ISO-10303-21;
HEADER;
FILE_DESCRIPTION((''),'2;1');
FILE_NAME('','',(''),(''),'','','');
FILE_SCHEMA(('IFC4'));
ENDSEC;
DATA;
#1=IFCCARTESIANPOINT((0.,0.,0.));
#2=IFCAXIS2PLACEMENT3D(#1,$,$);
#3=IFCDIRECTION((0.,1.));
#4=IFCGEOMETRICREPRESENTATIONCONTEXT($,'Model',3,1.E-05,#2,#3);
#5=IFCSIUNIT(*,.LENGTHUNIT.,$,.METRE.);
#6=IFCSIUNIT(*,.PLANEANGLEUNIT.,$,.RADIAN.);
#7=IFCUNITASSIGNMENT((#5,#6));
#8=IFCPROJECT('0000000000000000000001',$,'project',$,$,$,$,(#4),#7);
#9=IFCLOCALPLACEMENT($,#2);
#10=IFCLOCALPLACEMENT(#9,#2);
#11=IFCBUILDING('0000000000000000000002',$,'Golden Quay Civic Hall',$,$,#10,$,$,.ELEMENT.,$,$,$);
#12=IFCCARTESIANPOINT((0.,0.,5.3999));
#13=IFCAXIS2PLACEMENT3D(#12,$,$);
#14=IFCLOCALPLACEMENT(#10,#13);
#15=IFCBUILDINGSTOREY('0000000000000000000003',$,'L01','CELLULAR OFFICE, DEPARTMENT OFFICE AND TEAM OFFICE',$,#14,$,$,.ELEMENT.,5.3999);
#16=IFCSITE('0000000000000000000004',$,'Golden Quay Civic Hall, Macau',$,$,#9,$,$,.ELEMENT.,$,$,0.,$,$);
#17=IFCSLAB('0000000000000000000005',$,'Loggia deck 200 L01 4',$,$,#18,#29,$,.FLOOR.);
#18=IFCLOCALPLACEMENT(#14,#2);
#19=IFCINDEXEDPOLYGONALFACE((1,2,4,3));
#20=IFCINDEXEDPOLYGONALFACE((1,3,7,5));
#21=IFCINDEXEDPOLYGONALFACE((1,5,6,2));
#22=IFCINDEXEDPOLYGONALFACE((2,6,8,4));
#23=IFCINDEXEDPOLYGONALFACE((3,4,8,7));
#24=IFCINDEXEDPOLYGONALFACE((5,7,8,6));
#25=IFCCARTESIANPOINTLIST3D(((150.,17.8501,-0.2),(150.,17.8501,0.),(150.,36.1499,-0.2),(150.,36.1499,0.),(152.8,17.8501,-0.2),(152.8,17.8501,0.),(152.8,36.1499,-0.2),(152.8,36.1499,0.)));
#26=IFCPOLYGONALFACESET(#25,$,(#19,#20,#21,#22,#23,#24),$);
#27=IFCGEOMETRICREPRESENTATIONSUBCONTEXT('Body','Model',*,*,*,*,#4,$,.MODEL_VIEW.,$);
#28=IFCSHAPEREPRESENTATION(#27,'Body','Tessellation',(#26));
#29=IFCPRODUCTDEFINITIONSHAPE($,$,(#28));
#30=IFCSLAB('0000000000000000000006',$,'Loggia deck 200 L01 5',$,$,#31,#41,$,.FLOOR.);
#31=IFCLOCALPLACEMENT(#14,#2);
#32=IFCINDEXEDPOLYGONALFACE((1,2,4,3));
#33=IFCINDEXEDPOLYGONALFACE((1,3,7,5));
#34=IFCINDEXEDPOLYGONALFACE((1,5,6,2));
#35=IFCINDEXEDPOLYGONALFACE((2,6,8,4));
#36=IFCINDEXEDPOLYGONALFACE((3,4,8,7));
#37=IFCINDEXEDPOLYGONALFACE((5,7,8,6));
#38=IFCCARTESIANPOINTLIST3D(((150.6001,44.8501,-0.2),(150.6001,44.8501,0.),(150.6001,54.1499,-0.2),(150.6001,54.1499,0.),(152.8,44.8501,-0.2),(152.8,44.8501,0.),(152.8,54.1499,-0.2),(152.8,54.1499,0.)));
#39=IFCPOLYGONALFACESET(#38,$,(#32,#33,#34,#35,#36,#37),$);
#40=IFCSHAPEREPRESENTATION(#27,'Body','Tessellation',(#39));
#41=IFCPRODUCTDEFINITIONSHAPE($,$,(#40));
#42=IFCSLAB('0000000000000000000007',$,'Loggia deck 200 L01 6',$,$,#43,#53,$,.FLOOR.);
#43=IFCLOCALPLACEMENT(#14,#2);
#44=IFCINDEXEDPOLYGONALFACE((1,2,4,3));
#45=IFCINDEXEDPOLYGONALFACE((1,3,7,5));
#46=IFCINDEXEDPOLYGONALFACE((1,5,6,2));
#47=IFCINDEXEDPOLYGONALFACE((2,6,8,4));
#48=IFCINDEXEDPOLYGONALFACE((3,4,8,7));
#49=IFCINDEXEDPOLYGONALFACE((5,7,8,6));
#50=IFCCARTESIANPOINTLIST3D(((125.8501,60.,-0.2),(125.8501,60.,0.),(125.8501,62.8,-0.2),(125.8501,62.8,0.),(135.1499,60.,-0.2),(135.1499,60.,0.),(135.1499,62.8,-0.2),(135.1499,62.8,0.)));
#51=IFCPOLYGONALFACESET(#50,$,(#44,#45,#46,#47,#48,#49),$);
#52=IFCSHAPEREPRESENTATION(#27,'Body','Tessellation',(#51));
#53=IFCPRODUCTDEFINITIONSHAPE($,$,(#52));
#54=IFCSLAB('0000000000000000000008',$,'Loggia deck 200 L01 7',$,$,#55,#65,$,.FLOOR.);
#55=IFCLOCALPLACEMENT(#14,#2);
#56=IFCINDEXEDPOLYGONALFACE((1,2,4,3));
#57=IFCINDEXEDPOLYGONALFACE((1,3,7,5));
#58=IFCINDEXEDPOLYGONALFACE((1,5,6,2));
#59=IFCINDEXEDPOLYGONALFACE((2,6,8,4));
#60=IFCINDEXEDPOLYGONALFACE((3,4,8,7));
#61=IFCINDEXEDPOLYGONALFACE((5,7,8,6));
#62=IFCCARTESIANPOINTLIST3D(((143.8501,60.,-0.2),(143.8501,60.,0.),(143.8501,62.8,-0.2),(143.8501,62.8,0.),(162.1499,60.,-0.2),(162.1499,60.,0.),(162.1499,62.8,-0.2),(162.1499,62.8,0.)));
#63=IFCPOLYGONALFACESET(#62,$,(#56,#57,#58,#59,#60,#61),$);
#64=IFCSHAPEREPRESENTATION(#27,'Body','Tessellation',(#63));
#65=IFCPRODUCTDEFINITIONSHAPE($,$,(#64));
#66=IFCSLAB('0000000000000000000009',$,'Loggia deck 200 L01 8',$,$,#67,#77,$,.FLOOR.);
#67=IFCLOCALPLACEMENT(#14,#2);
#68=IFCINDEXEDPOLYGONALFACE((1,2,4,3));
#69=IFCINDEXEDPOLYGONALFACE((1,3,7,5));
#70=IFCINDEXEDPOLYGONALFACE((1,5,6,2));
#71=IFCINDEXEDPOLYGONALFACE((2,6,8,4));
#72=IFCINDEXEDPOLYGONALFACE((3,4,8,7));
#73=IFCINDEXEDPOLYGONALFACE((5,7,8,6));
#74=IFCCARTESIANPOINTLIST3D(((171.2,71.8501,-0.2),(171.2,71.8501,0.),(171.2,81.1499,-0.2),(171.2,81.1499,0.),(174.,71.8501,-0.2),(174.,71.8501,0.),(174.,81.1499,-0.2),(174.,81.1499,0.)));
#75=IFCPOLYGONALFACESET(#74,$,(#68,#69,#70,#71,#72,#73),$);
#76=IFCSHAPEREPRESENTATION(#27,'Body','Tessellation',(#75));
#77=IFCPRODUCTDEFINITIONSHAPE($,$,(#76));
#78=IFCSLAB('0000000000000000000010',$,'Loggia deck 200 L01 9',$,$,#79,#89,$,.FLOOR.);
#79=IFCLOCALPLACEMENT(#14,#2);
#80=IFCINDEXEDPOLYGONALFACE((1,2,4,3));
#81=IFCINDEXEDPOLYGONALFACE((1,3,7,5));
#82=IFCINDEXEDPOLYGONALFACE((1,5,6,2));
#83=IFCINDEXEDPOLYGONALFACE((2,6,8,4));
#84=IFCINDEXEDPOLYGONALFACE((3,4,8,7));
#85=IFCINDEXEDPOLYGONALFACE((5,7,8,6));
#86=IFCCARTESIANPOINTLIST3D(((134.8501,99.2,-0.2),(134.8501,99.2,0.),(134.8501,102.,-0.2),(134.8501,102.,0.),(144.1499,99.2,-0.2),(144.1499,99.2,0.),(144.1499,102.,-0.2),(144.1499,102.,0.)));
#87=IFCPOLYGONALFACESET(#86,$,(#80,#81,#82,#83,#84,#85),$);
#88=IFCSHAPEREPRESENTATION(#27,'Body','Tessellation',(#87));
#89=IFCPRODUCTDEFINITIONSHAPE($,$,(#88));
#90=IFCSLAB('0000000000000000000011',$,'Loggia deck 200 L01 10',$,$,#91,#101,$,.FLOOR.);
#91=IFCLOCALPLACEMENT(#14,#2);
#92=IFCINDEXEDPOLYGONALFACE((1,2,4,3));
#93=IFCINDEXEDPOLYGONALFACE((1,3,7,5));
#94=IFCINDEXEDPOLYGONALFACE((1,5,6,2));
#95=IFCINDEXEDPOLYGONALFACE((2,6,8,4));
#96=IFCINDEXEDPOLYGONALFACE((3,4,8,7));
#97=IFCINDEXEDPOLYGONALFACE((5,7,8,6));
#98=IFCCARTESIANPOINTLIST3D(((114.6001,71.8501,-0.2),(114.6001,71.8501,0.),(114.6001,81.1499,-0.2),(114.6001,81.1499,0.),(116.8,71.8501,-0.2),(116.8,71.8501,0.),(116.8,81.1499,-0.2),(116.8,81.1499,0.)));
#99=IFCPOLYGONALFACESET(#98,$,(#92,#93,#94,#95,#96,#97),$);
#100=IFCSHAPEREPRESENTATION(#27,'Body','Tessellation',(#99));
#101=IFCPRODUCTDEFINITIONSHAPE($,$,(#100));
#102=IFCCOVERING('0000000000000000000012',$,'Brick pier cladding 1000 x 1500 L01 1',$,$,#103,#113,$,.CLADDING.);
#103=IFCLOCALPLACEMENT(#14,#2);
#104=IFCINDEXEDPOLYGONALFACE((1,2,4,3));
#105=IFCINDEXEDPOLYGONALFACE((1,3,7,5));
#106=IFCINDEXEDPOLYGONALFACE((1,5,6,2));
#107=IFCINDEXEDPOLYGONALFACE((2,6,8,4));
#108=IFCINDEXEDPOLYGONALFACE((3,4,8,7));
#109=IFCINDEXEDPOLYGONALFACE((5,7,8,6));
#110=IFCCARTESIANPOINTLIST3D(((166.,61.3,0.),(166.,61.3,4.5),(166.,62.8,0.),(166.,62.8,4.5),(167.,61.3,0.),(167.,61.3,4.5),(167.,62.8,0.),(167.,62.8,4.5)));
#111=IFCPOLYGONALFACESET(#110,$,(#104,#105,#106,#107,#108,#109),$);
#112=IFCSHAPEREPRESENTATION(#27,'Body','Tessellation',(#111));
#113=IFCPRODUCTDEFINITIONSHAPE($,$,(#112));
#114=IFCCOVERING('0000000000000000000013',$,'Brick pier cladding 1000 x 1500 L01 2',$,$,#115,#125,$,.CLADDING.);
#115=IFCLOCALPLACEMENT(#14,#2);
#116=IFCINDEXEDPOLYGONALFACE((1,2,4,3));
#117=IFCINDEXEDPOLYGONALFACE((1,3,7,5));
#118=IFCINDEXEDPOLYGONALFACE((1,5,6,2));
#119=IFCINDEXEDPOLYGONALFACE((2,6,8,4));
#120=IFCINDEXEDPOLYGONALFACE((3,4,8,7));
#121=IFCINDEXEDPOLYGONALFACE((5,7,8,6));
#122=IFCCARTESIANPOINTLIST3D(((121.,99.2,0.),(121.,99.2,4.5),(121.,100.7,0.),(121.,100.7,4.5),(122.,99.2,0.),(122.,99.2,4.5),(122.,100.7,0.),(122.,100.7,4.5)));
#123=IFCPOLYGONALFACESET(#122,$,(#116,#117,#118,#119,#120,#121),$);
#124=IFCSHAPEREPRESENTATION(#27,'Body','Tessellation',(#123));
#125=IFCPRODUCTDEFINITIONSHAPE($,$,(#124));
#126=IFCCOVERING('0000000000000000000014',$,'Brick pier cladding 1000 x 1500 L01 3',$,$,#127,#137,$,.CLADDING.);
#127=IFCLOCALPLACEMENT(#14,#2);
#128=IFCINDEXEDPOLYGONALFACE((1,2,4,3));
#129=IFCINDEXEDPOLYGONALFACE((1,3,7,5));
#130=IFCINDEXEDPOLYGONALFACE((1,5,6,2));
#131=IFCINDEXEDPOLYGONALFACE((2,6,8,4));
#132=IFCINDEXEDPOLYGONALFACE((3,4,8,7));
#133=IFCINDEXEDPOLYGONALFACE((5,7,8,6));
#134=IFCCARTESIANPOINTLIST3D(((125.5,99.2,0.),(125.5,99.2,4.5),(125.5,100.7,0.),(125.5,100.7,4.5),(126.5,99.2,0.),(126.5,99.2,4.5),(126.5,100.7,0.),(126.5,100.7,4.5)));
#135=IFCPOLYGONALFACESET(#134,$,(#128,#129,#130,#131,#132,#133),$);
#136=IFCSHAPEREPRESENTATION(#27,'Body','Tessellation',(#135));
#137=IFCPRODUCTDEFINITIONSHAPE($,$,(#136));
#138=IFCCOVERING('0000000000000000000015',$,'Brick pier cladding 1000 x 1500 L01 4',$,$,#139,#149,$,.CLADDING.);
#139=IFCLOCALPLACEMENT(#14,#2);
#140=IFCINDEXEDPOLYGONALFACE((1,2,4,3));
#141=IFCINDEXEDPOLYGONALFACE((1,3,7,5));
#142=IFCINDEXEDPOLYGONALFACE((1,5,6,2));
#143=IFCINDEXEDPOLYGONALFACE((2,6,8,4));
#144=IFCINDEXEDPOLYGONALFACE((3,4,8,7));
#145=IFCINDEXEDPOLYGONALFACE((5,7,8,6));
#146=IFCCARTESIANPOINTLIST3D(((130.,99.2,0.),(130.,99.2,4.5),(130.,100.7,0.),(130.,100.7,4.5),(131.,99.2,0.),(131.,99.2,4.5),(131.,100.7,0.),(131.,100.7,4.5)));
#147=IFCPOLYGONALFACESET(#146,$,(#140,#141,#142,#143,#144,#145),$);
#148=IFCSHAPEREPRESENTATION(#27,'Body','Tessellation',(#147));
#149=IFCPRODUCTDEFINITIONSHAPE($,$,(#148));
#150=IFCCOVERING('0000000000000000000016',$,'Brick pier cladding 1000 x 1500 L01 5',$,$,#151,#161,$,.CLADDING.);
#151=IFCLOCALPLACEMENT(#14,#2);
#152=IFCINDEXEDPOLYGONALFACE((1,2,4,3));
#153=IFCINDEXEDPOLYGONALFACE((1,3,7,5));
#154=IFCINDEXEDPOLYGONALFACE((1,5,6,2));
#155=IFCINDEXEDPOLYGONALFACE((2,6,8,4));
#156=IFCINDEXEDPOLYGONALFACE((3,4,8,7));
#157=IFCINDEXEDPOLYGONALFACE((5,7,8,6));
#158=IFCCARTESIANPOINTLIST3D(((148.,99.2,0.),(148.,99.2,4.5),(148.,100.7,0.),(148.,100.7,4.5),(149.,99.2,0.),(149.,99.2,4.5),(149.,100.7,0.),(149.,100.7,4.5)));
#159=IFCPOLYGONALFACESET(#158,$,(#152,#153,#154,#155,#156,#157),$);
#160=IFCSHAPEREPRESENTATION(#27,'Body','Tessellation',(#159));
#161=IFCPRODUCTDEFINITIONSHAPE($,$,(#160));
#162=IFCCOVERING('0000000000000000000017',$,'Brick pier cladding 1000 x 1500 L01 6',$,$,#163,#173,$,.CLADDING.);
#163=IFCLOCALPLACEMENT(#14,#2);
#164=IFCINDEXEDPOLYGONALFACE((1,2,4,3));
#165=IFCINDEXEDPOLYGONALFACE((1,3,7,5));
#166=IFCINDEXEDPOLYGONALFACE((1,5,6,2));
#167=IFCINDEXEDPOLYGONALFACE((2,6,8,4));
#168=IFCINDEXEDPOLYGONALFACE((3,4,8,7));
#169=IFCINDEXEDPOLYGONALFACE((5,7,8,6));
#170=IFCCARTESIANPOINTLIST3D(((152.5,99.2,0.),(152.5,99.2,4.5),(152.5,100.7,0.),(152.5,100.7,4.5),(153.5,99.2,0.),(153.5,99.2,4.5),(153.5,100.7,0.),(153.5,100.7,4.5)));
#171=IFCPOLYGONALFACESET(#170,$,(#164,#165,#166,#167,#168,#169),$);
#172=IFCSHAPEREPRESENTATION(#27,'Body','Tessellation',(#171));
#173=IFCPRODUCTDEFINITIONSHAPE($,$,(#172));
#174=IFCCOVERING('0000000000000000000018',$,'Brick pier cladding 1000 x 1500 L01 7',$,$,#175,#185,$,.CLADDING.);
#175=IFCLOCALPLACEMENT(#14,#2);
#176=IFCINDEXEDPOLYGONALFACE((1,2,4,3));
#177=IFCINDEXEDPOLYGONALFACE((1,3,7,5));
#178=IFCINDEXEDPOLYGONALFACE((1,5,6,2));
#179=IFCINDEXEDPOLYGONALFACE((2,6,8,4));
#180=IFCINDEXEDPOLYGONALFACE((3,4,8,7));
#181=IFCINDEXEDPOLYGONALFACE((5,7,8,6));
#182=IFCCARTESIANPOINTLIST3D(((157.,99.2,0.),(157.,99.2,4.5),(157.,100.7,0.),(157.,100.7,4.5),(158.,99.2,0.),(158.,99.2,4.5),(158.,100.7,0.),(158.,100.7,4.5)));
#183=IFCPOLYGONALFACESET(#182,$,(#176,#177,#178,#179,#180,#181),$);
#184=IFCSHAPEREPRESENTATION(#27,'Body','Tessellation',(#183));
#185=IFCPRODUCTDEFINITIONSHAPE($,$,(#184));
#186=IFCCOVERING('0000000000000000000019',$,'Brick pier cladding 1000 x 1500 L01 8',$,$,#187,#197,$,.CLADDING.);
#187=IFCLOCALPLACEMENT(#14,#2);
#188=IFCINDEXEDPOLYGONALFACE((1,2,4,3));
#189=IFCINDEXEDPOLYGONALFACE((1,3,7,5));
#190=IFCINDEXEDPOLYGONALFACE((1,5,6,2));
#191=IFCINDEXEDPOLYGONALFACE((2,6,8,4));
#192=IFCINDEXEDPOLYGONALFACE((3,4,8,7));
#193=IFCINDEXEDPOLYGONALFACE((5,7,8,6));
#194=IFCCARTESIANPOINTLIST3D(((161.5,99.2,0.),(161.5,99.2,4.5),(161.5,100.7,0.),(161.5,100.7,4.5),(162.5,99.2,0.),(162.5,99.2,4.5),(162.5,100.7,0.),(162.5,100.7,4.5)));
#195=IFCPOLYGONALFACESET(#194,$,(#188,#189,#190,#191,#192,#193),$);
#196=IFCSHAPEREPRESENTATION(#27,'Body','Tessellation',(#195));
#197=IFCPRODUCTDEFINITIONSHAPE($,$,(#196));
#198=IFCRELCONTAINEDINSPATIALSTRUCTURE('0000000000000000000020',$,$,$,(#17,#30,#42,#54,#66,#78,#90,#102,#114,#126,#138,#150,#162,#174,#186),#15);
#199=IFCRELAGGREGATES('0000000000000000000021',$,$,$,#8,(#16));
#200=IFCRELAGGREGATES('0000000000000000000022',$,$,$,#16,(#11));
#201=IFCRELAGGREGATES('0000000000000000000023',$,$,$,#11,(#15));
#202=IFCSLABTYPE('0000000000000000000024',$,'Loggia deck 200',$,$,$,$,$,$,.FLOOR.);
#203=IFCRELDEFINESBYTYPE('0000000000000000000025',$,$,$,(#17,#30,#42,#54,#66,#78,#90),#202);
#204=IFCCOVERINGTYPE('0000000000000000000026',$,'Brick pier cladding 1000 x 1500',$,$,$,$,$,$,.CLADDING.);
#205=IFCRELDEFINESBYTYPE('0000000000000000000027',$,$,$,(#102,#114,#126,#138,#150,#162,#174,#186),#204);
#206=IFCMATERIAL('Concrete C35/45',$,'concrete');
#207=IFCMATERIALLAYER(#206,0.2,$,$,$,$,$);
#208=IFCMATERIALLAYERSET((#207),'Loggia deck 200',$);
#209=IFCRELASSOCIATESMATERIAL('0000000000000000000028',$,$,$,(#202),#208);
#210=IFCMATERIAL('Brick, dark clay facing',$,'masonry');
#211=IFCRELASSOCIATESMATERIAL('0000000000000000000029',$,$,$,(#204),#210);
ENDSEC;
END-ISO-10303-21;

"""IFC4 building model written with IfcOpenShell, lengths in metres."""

from ifc_helpers import new_model, si_unit, direction, frame, origin, place, context, subcontext, project, spatial, polyline, outline, extrude, material, layer, layer_set, type_object, element, save


model = new_model("IFC4")

# Units and contexts
model_context = context("Model", 3, precision=1e-05, world=origin(), true_north=direction((0.0, 1.0)))
body_context = subcontext(model_context, "Body", "Model", "MODEL_VIEW")
ifc_project = project(units=[si_unit("LENGTHUNIT", "METRE"), si_unit("PLANEANGLEUNIT", "RADIAN")], contexts=[model_context])

# Site, building, storey
site_placement = place(None, origin())
site = spatial("IfcSite", under=ifc_project, at=site_placement, Name="Golden Quay Civic Hall, Macau", CompositionType="ELEMENT", RefElevation=0.0)
building_placement = place(site_placement, origin())
building = spatial("IfcBuilding", under=site, at=building_placement, Name="Golden Quay Civic Hall", CompositionType="ELEMENT")
storey_placement = place(building_placement, frame((0.0, 0.0, 5.3999)))
storey = spatial("IfcBuildingStorey", under=building, at=storey_placement, Name="L01", Description="CELLULAR OFFICE, DEPARTMENT OFFICE AND TEAM OFFICE", CompositionType="ELEMENT", Elevation=5.3999)

# Slabs
ifc_material_1 = material(Name="Concrete C35/45", Category="concrete")
ifc_layer_1 = layer(ifc_material_1, 0.2)
ifc_layer_set_1 = layer_set([ifc_layer_1], Name="Loggia deck 200")
slab_type = type_object("IfcSlabType", Name="Loggia deck 200", PredefinedType="FLOOR", material=ifc_layer_set_1)
slab_1_placement = place(storey_placement, frame((0.0, 0.0, -0.2)))
element("IfcSlab", 1, at=slab_1_placement, inside=storey, type_object=slab_type, Name="Loggia deck 200 L01 4", PredefinedType="FLOOR", context=body_context, shape_type="SweptSolid", body=[
    extrude(outline(polyline([(152.8, 17.8501), (152.8, 36.1499), (150.0, 36.1499), (150.0, 17.8501), (152.8, 17.8501)])), origin(), (0.0, 0.0, 1.0), 0.2),
])
slab_2_placement = place(storey_placement, frame((0.0, 0.0, -0.2)))
element("IfcSlab", 2, at=slab_2_placement, inside=storey, type_object=slab_type, Name="Loggia deck 200 L01 5", PredefinedType="FLOOR", context=body_context, shape_type="SweptSolid", body=[
    extrude(outline(polyline([(152.8, 44.8501), (152.8, 54.1499), (150.6001, 54.1499), (150.6001, 44.8501), (152.8, 44.8501)])), origin(), (0.0, 0.0, 1.0), 0.2),
])
slab_3_placement = place(storey_placement, frame((0.0, 0.0, -0.2)))
element("IfcSlab", 3, at=slab_3_placement, inside=storey, type_object=slab_type, Name="Loggia deck 200 L01 6", PredefinedType="FLOOR", context=body_context, shape_type="SweptSolid", body=[
    extrude(outline(polyline([(125.8501, 62.8), (135.1499, 62.8), (135.1499, 60.0), (125.8501, 60.0), (125.8501, 62.8)])), origin(), (0.0, 0.0, 1.0), 0.2),
])
slab_4_placement = place(storey_placement, frame((0.0, 0.0, -0.2)))
element("IfcSlab", 4, at=slab_4_placement, inside=storey, type_object=slab_type, Name="Loggia deck 200 L01 7", PredefinedType="FLOOR", context=body_context, shape_type="SweptSolid", body=[
    extrude(outline(polyline([(143.8501, 62.8), (162.1499, 62.8), (162.1499, 60.0), (143.8501, 60.0), (143.8501, 62.8)])), origin(), (0.0, 0.0, 1.0), 0.2),
])
slab_5_placement = place(storey_placement, frame((0.0, 0.0, -0.2)))
element("IfcSlab", 5, at=slab_5_placement, inside=storey, type_object=slab_type, Name="Loggia deck 200 L01 8", PredefinedType="FLOOR", context=body_context, shape_type="SweptSolid", body=[
    extrude(outline(polyline([(171.2, 71.8501), (171.2, 81.1499), (174.0, 81.1499), (174.0, 71.8501), (171.2, 71.8501)])), origin(), (0.0, 0.0, 1.0), 0.2),
])
slab_6_placement = place(storey_placement, frame((0.0, 0.0, -0.2)))
element("IfcSlab", 6, at=slab_6_placement, inside=storey, type_object=slab_type, Name="Loggia deck 200 L01 9", PredefinedType="FLOOR", context=body_context, shape_type="SweptSolid", body=[
    extrude(outline(polyline([(134.8501, 99.2), (144.1499, 99.2), (144.1499, 102.0), (134.8501, 102.0), (134.8501, 99.2)])), origin(), (0.0, 0.0, 1.0), 0.2),
])
slab_7_placement = place(storey_placement, frame((0.0, 0.0, -0.2)))
element("IfcSlab", 7, at=slab_7_placement, inside=storey, type_object=slab_type, Name="Loggia deck 200 L01 10", PredefinedType="FLOOR", context=body_context, shape_type="SweptSolid", body=[
    extrude(outline(polyline([(116.8, 71.8501), (116.8, 81.1499), (114.6001, 81.1499), (114.6001, 71.8501), (116.8, 71.8501)])), origin(), (0.0, 0.0, 1.0), 0.2),
])

# Coverings
ifc_material_2 = material(Name="Brick, dark clay facing", Category="masonry")
covering_type_1 = type_object("IfcCoveringType", Name="Brick pier cladding 1000 x 1500", PredefinedType="CLADDING", material=ifc_material_2)
covering_1_placement = place(storey_placement, origin())
element("IfcCovering", 8, at=covering_1_placement, inside=storey, type_object=covering_type_1, Name="Brick pier cladding 1000 x 1500 L01 1", PredefinedType="CLADDING", context=body_context, shape_type="SweptSolid", body=[
    extrude(outline(polyline([(166.0, 62.8), (167.0, 62.8), (167.0, 61.3), (166.0, 61.3), (166.0, 62.8)])), origin(), (0.0, 0.0, 1.0), 4.5),
])
covering_2_placement = place(storey_placement, origin())
element("IfcCovering", 9, at=covering_2_placement, inside=storey, type_object=covering_type_1, Name="Brick pier cladding 1000 x 1500 L01 2", PredefinedType="CLADDING", context=body_context, shape_type="SweptSolid", body=[
    extrude(outline(polyline([(121.0, 99.2), (122.0, 99.2), (122.0, 100.7), (121.0, 100.7), (121.0, 99.2)])), origin(), (0.0, 0.0, 1.0), 4.5),
])
covering_3_placement = place(storey_placement, origin())
element("IfcCovering", 10, at=covering_3_placement, inside=storey, type_object=covering_type_1, Name="Brick pier cladding 1000 x 1500 L01 3", PredefinedType="CLADDING", context=body_context, shape_type="SweptSolid", body=[
    extrude(outline(polyline([(125.5, 99.2), (126.5, 99.2), (126.5, 100.7), (125.5, 100.7), (125.5, 99.2)])), origin(), (0.0, 0.0, 1.0), 4.5),
])
covering_4_placement = place(storey_placement, origin())
element("IfcCovering", 11, at=covering_4_placement, inside=storey, type_object=covering_type_1, Name="Brick pier cladding 1000 x 1500 L01 4", PredefinedType="CLADDING", context=body_context, shape_type="SweptSolid", body=[
    extrude(outline(polyline([(130.0, 99.2), (131.0, 99.2), (131.0, 100.7), (130.0, 100.7), (130.0, 99.2)])), origin(), (0.0, 0.0, 1.0), 4.5),
])
covering_5_placement = place(storey_placement, origin())
element("IfcCovering", 12, at=covering_5_placement, inside=storey, type_object=covering_type_1, Name="Brick pier cladding 1000 x 1500 L01 5", PredefinedType="CLADDING", context=body_context, shape_type="SweptSolid", body=[
    extrude(outline(polyline([(148.0, 99.2), (149.0, 99.2), (149.0, 100.7), (148.0, 100.7), (148.0, 99.2)])), origin(), (0.0, 0.0, 1.0), 4.5),
])
covering_6_placement = place(storey_placement, origin())
element("IfcCovering", 13, at=covering_6_placement, inside=storey, type_object=covering_type_1, Name="Brick pier cladding 1000 x 1500 L01 6", PredefinedType="CLADDING", context=body_context, shape_type="SweptSolid", body=[
    extrude(outline(polyline([(152.5, 99.2), (153.5, 99.2), (153.5, 100.7), (152.5, 100.7), (152.5, 99.2)])), origin(), (0.0, 0.0, 1.0), 4.5),
])
covering_7_placement = place(storey_placement, origin())
element("IfcCovering", 14, at=covering_7_placement, inside=storey, type_object=covering_type_1, Name="Brick pier cladding 1000 x 1500 L01 7", PredefinedType="CLADDING", context=body_context, shape_type="SweptSolid", body=[
    extrude(outline(polyline([(157.0, 99.2), (158.0, 99.2), (158.0, 100.7), (157.0, 100.7), (157.0, 99.2)])), origin(), (0.0, 0.0, 1.0), 4.5),
])
covering_8_placement = place(storey_placement, origin())
element("IfcCovering", 15, at=covering_8_placement, inside=storey, type_object=covering_type_1, Name="Brick pier cladding 1000 x 1500 L01 8", PredefinedType="CLADDING", context=body_context, shape_type="SweptSolid", body=[
    extrude(outline(polyline([(161.5, 99.2), (162.5, 99.2), (162.5, 100.7), (161.5, 100.7), (161.5, 99.2)])), origin(), (0.0, 0.0, 1.0), 4.5),
])

save(model, "model.ifc")
